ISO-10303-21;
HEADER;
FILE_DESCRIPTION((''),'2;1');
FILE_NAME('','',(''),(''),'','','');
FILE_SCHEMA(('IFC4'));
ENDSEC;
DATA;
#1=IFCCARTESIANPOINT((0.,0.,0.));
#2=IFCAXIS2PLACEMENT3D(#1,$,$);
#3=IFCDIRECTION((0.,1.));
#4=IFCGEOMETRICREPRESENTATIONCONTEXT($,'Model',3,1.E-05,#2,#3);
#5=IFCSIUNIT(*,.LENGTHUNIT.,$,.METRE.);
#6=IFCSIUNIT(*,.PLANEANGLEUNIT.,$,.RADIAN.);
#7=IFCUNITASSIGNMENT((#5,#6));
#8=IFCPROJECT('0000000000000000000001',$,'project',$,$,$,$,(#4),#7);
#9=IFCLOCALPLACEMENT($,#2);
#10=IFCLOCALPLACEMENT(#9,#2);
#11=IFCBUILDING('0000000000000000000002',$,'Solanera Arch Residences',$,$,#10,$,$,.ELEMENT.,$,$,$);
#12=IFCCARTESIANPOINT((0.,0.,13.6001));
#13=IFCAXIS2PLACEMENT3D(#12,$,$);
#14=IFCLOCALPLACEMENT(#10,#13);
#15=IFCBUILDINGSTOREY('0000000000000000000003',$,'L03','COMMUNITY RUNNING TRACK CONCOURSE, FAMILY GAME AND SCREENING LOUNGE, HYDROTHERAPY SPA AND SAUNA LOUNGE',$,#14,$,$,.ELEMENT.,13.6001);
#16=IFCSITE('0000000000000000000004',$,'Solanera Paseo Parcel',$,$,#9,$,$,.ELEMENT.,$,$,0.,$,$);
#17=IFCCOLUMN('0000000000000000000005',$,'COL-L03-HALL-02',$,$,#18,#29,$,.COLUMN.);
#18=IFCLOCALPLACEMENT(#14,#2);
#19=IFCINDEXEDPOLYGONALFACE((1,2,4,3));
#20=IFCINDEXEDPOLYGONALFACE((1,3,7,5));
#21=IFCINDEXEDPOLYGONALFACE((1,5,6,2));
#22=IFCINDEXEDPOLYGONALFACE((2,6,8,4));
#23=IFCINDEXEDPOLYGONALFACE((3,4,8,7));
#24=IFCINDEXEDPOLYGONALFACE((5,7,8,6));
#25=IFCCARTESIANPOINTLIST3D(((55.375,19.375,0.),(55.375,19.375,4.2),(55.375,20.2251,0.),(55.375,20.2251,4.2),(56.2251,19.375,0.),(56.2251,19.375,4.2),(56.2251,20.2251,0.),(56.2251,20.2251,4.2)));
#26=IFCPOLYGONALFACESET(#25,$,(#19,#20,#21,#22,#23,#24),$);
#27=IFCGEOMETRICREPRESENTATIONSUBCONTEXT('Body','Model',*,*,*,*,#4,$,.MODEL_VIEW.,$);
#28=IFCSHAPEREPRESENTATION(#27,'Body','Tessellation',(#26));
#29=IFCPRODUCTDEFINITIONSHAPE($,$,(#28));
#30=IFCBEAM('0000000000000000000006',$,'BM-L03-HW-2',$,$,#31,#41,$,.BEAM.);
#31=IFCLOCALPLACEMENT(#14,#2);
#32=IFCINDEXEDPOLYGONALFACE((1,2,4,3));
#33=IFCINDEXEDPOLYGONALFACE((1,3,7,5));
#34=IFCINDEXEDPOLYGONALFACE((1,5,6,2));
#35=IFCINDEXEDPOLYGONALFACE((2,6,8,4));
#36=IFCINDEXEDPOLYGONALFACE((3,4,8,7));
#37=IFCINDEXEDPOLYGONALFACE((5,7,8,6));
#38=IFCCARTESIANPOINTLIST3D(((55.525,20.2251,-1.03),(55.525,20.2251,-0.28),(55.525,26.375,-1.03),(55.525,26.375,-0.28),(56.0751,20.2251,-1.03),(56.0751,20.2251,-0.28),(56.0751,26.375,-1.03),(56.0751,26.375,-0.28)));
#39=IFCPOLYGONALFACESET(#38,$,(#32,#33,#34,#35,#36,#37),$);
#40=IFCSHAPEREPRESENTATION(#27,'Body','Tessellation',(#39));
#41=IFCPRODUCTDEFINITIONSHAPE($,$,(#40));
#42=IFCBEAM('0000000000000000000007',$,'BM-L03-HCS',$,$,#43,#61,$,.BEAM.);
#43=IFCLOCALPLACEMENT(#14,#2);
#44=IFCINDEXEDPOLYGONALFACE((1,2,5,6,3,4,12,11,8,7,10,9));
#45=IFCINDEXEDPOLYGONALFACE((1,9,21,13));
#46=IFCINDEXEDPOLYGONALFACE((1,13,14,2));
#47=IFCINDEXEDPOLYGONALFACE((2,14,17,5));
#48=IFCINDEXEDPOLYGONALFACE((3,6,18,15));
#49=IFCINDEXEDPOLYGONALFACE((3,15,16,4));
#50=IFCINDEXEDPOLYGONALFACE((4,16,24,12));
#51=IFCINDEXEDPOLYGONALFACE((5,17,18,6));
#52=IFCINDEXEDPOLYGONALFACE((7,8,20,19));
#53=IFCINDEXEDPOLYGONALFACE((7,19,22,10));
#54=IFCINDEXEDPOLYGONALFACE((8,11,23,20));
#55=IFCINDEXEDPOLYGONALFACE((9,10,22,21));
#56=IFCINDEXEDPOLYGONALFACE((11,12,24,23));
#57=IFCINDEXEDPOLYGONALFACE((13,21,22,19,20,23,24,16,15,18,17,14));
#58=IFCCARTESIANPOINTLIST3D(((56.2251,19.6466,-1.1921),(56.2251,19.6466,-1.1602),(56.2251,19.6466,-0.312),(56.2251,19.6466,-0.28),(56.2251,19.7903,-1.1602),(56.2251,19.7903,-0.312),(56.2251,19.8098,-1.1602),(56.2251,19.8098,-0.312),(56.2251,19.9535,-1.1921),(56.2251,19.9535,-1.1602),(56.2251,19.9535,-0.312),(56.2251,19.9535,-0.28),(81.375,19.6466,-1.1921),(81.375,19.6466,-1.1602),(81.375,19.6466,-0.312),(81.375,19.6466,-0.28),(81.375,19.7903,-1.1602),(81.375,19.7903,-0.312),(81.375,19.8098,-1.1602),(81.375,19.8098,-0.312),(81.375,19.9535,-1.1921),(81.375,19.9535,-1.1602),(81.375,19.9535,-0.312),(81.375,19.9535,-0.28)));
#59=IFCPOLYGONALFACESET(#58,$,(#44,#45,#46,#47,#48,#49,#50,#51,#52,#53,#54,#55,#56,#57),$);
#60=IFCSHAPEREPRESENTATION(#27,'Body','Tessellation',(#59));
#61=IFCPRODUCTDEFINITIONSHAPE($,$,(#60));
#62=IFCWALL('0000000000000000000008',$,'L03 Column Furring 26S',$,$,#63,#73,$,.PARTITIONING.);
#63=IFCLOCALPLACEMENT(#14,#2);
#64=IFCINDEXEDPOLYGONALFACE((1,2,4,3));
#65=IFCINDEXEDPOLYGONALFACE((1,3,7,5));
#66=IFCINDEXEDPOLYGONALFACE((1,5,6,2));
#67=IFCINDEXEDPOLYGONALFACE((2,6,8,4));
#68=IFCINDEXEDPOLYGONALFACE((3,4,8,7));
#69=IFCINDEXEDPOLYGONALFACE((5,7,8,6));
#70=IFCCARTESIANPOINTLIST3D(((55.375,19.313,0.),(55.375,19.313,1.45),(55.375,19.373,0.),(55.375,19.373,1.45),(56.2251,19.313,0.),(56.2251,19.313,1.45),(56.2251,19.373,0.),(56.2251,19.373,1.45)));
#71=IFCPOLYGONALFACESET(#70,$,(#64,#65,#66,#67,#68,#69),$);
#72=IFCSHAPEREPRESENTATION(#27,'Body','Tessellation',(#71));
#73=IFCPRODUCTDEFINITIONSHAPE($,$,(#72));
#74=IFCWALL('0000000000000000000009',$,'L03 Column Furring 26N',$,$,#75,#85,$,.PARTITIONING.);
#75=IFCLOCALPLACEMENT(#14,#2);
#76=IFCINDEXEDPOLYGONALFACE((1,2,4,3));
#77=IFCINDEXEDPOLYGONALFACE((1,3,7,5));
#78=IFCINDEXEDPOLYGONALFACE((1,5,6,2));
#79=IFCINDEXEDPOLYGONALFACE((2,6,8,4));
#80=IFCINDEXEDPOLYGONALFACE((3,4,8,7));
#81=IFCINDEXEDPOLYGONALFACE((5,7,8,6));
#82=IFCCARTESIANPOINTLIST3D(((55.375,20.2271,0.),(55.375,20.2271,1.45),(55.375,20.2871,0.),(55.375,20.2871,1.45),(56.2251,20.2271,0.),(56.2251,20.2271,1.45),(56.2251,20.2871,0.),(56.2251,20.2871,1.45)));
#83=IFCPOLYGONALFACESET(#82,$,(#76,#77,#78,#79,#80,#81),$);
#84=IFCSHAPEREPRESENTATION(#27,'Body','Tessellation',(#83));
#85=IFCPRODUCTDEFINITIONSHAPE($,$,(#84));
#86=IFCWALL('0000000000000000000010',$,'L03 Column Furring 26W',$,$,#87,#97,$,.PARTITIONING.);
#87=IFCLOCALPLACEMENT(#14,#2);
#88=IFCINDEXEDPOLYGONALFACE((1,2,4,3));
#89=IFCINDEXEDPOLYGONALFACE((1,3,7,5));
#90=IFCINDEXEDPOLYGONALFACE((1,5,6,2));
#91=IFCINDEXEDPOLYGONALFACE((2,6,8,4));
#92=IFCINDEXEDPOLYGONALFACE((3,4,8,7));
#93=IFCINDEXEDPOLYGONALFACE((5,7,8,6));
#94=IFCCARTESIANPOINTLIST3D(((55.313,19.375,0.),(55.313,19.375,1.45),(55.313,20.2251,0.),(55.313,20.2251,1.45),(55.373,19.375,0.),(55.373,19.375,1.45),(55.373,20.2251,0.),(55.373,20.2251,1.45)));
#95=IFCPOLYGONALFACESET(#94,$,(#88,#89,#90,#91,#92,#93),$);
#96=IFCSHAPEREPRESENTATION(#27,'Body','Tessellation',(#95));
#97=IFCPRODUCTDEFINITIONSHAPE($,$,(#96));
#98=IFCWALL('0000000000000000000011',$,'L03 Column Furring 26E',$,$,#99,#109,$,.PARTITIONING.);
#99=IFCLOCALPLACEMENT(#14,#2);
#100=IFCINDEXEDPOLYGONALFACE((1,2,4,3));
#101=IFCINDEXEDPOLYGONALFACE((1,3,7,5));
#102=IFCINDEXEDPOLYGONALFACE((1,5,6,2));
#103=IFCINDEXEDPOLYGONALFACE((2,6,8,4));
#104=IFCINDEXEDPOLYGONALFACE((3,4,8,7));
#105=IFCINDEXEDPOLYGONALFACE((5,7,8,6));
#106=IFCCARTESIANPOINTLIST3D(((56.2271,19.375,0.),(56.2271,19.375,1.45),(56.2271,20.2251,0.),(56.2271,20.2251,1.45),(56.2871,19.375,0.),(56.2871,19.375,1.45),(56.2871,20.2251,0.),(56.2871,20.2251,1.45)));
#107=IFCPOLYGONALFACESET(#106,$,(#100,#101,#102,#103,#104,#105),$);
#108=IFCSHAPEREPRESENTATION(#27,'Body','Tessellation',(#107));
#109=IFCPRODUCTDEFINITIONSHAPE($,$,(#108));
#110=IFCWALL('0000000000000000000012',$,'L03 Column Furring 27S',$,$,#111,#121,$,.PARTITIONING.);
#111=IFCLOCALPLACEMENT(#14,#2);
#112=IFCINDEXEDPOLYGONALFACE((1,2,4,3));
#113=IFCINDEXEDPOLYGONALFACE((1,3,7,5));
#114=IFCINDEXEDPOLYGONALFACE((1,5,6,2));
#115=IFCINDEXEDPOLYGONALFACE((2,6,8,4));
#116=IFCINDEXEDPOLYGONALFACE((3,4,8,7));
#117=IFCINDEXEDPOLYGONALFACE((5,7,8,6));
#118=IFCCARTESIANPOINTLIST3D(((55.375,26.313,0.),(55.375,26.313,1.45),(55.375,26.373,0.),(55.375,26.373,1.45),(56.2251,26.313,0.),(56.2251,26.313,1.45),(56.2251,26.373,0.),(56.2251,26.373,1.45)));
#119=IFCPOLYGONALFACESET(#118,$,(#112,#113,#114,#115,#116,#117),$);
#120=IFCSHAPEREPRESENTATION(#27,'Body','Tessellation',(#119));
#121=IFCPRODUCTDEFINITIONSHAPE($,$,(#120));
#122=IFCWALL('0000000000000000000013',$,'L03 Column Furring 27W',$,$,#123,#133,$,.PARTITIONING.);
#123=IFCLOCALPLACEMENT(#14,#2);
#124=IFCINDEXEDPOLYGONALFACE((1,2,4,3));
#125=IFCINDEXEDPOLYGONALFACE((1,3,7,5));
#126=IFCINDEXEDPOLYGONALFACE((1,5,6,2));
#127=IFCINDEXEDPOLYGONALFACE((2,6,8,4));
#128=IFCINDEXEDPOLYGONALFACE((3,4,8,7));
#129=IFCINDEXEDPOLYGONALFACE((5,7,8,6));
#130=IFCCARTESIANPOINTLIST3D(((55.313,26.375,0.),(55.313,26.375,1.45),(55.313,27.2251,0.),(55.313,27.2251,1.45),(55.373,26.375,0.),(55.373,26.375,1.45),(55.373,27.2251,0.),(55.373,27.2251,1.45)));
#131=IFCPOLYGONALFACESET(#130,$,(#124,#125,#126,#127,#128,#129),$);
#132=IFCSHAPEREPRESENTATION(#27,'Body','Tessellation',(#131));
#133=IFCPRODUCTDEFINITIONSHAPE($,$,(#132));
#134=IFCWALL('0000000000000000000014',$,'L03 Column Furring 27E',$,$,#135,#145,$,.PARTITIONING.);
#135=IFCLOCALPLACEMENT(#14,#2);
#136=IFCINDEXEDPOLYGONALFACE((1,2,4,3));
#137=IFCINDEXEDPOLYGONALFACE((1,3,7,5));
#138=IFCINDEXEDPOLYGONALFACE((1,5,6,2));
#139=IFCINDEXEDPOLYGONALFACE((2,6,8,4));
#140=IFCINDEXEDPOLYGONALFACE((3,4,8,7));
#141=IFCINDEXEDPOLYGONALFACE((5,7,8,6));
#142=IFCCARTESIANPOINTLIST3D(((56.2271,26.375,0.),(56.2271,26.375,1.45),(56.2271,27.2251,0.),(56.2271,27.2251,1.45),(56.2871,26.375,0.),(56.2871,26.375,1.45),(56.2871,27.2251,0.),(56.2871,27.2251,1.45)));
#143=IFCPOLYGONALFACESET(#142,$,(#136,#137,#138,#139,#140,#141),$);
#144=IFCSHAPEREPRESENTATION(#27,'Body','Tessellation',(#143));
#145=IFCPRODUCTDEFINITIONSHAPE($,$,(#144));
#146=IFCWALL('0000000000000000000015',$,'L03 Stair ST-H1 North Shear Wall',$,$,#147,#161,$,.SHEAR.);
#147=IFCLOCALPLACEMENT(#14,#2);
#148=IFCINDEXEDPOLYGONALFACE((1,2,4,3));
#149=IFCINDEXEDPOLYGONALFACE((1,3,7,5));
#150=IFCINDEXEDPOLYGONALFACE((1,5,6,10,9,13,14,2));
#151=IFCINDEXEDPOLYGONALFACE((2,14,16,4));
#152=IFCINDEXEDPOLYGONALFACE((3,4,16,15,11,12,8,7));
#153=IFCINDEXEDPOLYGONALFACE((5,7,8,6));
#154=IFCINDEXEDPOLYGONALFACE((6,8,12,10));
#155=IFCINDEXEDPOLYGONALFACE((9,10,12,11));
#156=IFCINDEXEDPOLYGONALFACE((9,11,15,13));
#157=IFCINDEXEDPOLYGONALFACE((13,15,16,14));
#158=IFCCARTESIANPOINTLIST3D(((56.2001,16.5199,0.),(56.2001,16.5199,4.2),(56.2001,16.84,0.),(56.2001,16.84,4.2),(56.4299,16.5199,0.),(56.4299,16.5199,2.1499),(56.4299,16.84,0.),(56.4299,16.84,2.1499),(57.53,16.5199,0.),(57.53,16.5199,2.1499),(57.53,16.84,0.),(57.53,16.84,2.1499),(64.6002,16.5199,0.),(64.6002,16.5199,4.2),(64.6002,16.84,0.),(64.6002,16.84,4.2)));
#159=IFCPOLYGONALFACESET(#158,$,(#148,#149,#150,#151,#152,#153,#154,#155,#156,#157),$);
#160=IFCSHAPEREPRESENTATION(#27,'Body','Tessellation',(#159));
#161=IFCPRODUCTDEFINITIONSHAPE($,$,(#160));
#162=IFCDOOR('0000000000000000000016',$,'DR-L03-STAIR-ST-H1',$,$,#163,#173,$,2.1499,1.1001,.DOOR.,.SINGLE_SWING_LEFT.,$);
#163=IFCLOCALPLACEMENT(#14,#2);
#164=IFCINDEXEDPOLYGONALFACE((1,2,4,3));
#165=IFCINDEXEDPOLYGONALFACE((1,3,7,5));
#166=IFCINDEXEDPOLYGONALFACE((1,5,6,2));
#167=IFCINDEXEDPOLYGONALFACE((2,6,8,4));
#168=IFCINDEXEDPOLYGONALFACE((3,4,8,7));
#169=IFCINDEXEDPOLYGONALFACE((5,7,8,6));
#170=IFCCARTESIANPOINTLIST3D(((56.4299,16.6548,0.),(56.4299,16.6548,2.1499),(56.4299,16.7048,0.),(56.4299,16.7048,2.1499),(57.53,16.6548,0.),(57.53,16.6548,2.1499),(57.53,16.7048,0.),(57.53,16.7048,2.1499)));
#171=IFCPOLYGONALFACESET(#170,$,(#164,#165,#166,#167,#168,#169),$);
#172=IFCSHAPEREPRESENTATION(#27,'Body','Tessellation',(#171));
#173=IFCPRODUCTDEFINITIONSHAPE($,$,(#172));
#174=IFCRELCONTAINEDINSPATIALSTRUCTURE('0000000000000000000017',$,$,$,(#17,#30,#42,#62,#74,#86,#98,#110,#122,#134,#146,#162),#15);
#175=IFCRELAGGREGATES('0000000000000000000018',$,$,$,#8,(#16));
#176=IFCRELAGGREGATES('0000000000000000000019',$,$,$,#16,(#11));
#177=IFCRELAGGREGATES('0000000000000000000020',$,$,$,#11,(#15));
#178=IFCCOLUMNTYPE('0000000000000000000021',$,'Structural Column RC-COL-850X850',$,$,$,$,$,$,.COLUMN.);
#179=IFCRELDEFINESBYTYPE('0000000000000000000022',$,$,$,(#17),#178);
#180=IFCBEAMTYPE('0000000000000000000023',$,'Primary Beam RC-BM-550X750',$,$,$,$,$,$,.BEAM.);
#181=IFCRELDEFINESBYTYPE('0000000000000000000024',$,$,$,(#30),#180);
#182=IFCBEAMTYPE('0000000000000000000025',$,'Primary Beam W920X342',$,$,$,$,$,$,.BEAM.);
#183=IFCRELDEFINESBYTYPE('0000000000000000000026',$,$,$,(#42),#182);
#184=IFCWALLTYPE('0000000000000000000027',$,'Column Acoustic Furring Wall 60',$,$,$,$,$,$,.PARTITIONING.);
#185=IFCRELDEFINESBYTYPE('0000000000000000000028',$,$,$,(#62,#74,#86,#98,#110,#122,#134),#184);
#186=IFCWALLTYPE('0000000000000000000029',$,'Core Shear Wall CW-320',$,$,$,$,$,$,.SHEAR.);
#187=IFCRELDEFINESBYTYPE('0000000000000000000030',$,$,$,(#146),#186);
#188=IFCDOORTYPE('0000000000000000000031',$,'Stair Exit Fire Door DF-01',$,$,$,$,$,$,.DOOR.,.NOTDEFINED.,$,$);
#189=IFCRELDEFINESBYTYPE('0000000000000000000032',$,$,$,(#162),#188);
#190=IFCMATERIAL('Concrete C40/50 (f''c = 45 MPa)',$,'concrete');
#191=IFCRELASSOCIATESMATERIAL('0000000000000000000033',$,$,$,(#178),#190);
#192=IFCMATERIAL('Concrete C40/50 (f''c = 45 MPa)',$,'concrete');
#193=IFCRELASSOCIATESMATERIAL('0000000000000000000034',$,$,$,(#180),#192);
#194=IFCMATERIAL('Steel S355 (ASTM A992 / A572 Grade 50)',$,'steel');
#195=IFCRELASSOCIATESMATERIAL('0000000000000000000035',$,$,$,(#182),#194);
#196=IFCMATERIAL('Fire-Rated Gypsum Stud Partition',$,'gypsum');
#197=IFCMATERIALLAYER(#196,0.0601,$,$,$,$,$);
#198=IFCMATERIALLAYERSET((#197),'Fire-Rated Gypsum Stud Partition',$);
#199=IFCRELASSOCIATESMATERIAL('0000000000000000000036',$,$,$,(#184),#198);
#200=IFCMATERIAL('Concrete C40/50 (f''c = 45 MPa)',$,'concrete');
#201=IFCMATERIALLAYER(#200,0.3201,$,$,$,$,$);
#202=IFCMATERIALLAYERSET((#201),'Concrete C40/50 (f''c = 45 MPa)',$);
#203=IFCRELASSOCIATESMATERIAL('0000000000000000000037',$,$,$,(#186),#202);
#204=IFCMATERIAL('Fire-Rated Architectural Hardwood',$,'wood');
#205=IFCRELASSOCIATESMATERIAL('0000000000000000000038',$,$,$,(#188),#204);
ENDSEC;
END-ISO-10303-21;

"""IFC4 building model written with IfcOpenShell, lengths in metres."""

from ifc_helpers import new_model, si_unit, direction, frame, frame_2d, origin, origin_2d, place, context, subcontext, project, spatial, rectangle, i_section, extrude, material, layer, layer_set, material_profile, profile_set, type_object, element, fill, save


model = new_model("IFC4")

# Units and contexts
model_context = context("Model", 3, precision=1e-05, world=origin(), true_north=direction((0.0, 1.0)))
body_context = subcontext(model_context, "Body", "Model", "MODEL_VIEW")
ifc_project = project(units=[si_unit("LENGTHUNIT", "METRE"), si_unit("PLANEANGLEUNIT", "RADIAN")], contexts=[model_context])

# Site, building, storey
site_placement = place(None, origin())
site = spatial("IfcSite", under=ifc_project, at=site_placement, Name="Solanera Paseo Parcel", CompositionType="ELEMENT", RefElevation=0.0)
building_placement = place(site_placement, origin())
building = spatial("IfcBuilding", under=site, at=building_placement, Name="Solanera Arch Residences", CompositionType="ELEMENT")
storey_placement = place(building_placement, frame((0.0, 0.0, 13.6001)))
storey = spatial("IfcBuildingStorey", under=building, at=storey_placement, Name="L03", Description="COMMUNITY RUNNING TRACK CONCOURSE, FAMILY GAME AND SCREENING LOUNGE, HYDROTHERAPY SPA AND SAUNA LOUNGE", CompositionType="ELEMENT", Elevation=13.6001)

# Column
ifc_material_1 = material(Name="Concrete C40/50 (f'c = 45 MPa)", Category="concrete")
ifc_material_profile_1 = material_profile(ifc_material_1, rectangle(XDim=0.8501, YDim=0.8501, at=origin_2d()))
ifc_profile_set_1 = profile_set([ifc_material_profile_1], Name="Concrete C40/50 (f'c = 45 MPa)")
column_type = type_object("IfcColumnType", Name="Structural Column RC-COL-850X850", PredefinedType="COLUMN", material=ifc_profile_set_1)
column_placement = place(storey_placement, frame((55.8, 19.8, 0.0), z_axis=(0.0, 0.0, 1.0), x_axis=(1.0, 0.0, 0.0)))
element("IfcColumn", 1, at=column_placement, inside=storey, type_object=column_type, Name="COL-L03-HALL-02", PredefinedType="COLUMN", context=body_context, shape_type="SweptSolid", body=[
    extrude(rectangle(XDim=0.8501, YDim=0.8501, at=origin_2d()), origin(), (0.0, 0.0, 1.0), 4.2),
])

# Beams
ifc_material_2 = material(Name="Concrete C40/50 (f'c = 45 MPa)", Category="concrete")
ifc_material_profile_2 = material_profile(ifc_material_2, rectangle(XDim=0.55, YDim=0.75, at=origin_2d()))
ifc_profile_set_2 = profile_set([ifc_material_profile_2], Name="Concrete C40/50 (f'c = 45 MPa)")
beam_type_1 = type_object("IfcBeamType", Name="Primary Beam RC-BM-550X750", PredefinedType="BEAM", material=ifc_profile_set_2)
beam_1_placement = place(storey_placement, frame((55.8, 20.2251, -0.655), z_axis=(0.0, 1.0, 0.0), x_axis=(-1.0, 0.0, 0.0)))
element("IfcBeam", 2, at=beam_1_placement, inside=storey, type_object=beam_type_1, Name="BM-L03-HW-2", PredefinedType="BEAM", context=body_context, shape_type="SweptSolid", body=[
    extrude(rectangle(XDim=0.55, YDim=0.75, at=origin_2d()), origin(), (0.0, 0.0, 1.0), 6.1499),
])
ifc_material_3 = material(Name="Steel S355 (ASTM A992 / A572 Grade 50)", Category="steel")
ifc_material_profile_3 = material_profile(ifc_material_3, i_section(OverallWidth=0.3069, OverallDepth=0.9121, WebThickness=0.0195, FlangeThickness=0.032, at=origin_2d()))
ifc_profile_set_3 = profile_set([ifc_material_profile_3], Name="Steel S355 (ASTM A992 / A572 Grade 50)")
beam_type_2 = type_object("IfcBeamType", Name="Primary Beam W920X342", PredefinedType="BEAM", material=ifc_profile_set_3)
beam_2_placement = place(storey_placement, frame((56.2251, 19.8, -0.7361), z_axis=(1.0, 0.0, 0.0), x_axis=(0.0, 1.0, 0.0)))
element("IfcBeam", 3, at=beam_2_placement, inside=storey, type_object=beam_type_2, Name="BM-L03-HCS", PredefinedType="BEAM", context=body_context, shape_type="SweptSolid", body=[
    extrude(i_section(OverallWidth=0.3069, OverallDepth=0.9121, WebThickness=0.0195, FlangeThickness=0.032, at=origin_2d()), origin(), (0.0, 0.0, 1.0), 25.1499),
])

# Walls
ifc_material_4 = material(Name="Fire-Rated Gypsum Stud Partition", Category="gypsum")
ifc_layer_1 = layer(ifc_material_4, 0.0601)
ifc_layer_set_1 = layer_set([ifc_layer_1], Name="Fire-Rated Gypsum Stud Partition")
wall_type_1 = type_object("IfcWallType", Name="Column Acoustic Furring Wall 60", PredefinedType="PARTITIONING", material=ifc_layer_set_1)
for number, where, z_axis, x_axis, name in (
    (4, (55.375, 19.343, 0.0), (0.0, 0.0, 1.0), (1.0, 0.0, 0.0), "L03 Column Furring 26S"),
    (5, (55.375, 20.2571, 0.0), (0.0, 0.0, 1.0), (1.0, 0.0, 0.0), "L03 Column Furring 26N"),
    (6, (55.343, 19.375, 0.0), (0.0, 0.0, 1.0), (0.0, 1.0, 0.0), "L03 Column Furring 26W"),
    (7, (56.2571, 19.375, 0.0), (0.0, 0.0, 1.0), (0.0, 1.0, 0.0), "L03 Column Furring 26E"),
    (8, (55.375, 26.343, 0.0), (0.0, 0.0, 1.0), (1.0, 0.0, 0.0), "L03 Column Furring 27S"),
    (9, (55.343, 26.375, 0.0), (0.0, 0.0, 1.0), (0.0, 1.0, 0.0), "L03 Column Furring 27W"),
    (10, (56.2571, 26.375, 0.0), (0.0, 0.0, 1.0), (0.0, 1.0, 0.0), "L03 Column Furring 27E"),
):
    element("IfcWall", number, at=place(storey_placement, frame(where, z_axis=z_axis, x_axis=x_axis)), inside=storey, type_object=wall_type_1, Name=name, PredefinedType="PARTITIONING", context=body_context, shape_type="SweptSolid", body=[
        extrude(rectangle(XDim=0.8501, YDim=0.0601, at=frame_2d((0.425, 0.0))), origin(), (0.0, 0.0, 1.0), 1.45),
    ])

# Wall, opening, door
ifc_material_5 = material(Name="Concrete C40/50 (f'c = 45 MPa)", Category="concrete")
ifc_layer_2 = layer(ifc_material_5, 0.3201)
ifc_layer_set_2 = layer_set([ifc_layer_2], Name="Concrete C40/50 (f'c = 45 MPa)")
wall_type_2 = type_object("IfcWallType", Name="Core Shear Wall CW-320", PredefinedType="SHEAR", material=ifc_layer_set_2)
wall_1_placement = place(storey_placement, frame((56.2, 16.6799, 0.0), z_axis=(0.0, 0.0, 1.0), x_axis=(1.0, 0.0, 0.0)))
wall_1 = element("IfcWall", 11, at=wall_1_placement, inside=storey, type_object=wall_type_2, Name="L03 Stair ST-H1 North Shear Wall", PredefinedType="SHEAR", context=body_context, shape_type="SweptSolid", body=[
    extrude(rectangle(XDim=8.4001, YDim=0.3201, at=frame_2d((4.2002, 0.0))), origin(), (0.0, 0.0, 1.0), 4.2),
])
opening_1_placement = place(wall_1_placement, frame((0.23, 0.0, 0.0)))
opening_1 = element("IfcOpeningElement", 12, at=opening_1_placement, cuts=wall_1, PredefinedType="OPENING", context=body_context, shape_type="SweptSolid", body=[
    extrude(rectangle(XDim=1.1001, YDim=2.1499, at=frame_2d((0.55, 1.075))), frame((0.0, 0.1699, 0.0), z_axis=(0.0, -1.0, 0.0), x_axis=(1.0, 0.0, 0.0)), (0.0, 0.0, 1.0), 0.3401),
])
ifc_material_6 = material(Name="Fire-Rated Architectural Hardwood", Category="wood")
door_type_1 = type_object("IfcDoorType", Name="Stair Exit Fire Door DF-01", OperationType="NOTDEFINED", PredefinedType="DOOR", material=ifc_material_6)
door_1_placement = place(opening_1_placement, origin())
door_1 = element("IfcDoor", 13, at=door_1_placement, inside=storey, type_object=door_type_1, Name="DR-L03-STAIR-ST-H1", OperationType="SINGLE_SWING_LEFT", OverallHeight=2.1499, OverallWidth=1.1001, PredefinedType="DOOR", context=body_context, shape_type="SweptSolid", body=[
    extrude(rectangle(XDim=1.1001, YDim=2.1499, at=frame_2d((0.55, 1.075))), frame((0.0, 0.0249, 0.0), z_axis=(0.0, -1.0, 0.0), x_axis=(1.0, 0.0, 0.0)), (0.0, 0.0, 1.0), 0.05),
])
fill(opening_1, door_1)

save(model, "model.ifc")
